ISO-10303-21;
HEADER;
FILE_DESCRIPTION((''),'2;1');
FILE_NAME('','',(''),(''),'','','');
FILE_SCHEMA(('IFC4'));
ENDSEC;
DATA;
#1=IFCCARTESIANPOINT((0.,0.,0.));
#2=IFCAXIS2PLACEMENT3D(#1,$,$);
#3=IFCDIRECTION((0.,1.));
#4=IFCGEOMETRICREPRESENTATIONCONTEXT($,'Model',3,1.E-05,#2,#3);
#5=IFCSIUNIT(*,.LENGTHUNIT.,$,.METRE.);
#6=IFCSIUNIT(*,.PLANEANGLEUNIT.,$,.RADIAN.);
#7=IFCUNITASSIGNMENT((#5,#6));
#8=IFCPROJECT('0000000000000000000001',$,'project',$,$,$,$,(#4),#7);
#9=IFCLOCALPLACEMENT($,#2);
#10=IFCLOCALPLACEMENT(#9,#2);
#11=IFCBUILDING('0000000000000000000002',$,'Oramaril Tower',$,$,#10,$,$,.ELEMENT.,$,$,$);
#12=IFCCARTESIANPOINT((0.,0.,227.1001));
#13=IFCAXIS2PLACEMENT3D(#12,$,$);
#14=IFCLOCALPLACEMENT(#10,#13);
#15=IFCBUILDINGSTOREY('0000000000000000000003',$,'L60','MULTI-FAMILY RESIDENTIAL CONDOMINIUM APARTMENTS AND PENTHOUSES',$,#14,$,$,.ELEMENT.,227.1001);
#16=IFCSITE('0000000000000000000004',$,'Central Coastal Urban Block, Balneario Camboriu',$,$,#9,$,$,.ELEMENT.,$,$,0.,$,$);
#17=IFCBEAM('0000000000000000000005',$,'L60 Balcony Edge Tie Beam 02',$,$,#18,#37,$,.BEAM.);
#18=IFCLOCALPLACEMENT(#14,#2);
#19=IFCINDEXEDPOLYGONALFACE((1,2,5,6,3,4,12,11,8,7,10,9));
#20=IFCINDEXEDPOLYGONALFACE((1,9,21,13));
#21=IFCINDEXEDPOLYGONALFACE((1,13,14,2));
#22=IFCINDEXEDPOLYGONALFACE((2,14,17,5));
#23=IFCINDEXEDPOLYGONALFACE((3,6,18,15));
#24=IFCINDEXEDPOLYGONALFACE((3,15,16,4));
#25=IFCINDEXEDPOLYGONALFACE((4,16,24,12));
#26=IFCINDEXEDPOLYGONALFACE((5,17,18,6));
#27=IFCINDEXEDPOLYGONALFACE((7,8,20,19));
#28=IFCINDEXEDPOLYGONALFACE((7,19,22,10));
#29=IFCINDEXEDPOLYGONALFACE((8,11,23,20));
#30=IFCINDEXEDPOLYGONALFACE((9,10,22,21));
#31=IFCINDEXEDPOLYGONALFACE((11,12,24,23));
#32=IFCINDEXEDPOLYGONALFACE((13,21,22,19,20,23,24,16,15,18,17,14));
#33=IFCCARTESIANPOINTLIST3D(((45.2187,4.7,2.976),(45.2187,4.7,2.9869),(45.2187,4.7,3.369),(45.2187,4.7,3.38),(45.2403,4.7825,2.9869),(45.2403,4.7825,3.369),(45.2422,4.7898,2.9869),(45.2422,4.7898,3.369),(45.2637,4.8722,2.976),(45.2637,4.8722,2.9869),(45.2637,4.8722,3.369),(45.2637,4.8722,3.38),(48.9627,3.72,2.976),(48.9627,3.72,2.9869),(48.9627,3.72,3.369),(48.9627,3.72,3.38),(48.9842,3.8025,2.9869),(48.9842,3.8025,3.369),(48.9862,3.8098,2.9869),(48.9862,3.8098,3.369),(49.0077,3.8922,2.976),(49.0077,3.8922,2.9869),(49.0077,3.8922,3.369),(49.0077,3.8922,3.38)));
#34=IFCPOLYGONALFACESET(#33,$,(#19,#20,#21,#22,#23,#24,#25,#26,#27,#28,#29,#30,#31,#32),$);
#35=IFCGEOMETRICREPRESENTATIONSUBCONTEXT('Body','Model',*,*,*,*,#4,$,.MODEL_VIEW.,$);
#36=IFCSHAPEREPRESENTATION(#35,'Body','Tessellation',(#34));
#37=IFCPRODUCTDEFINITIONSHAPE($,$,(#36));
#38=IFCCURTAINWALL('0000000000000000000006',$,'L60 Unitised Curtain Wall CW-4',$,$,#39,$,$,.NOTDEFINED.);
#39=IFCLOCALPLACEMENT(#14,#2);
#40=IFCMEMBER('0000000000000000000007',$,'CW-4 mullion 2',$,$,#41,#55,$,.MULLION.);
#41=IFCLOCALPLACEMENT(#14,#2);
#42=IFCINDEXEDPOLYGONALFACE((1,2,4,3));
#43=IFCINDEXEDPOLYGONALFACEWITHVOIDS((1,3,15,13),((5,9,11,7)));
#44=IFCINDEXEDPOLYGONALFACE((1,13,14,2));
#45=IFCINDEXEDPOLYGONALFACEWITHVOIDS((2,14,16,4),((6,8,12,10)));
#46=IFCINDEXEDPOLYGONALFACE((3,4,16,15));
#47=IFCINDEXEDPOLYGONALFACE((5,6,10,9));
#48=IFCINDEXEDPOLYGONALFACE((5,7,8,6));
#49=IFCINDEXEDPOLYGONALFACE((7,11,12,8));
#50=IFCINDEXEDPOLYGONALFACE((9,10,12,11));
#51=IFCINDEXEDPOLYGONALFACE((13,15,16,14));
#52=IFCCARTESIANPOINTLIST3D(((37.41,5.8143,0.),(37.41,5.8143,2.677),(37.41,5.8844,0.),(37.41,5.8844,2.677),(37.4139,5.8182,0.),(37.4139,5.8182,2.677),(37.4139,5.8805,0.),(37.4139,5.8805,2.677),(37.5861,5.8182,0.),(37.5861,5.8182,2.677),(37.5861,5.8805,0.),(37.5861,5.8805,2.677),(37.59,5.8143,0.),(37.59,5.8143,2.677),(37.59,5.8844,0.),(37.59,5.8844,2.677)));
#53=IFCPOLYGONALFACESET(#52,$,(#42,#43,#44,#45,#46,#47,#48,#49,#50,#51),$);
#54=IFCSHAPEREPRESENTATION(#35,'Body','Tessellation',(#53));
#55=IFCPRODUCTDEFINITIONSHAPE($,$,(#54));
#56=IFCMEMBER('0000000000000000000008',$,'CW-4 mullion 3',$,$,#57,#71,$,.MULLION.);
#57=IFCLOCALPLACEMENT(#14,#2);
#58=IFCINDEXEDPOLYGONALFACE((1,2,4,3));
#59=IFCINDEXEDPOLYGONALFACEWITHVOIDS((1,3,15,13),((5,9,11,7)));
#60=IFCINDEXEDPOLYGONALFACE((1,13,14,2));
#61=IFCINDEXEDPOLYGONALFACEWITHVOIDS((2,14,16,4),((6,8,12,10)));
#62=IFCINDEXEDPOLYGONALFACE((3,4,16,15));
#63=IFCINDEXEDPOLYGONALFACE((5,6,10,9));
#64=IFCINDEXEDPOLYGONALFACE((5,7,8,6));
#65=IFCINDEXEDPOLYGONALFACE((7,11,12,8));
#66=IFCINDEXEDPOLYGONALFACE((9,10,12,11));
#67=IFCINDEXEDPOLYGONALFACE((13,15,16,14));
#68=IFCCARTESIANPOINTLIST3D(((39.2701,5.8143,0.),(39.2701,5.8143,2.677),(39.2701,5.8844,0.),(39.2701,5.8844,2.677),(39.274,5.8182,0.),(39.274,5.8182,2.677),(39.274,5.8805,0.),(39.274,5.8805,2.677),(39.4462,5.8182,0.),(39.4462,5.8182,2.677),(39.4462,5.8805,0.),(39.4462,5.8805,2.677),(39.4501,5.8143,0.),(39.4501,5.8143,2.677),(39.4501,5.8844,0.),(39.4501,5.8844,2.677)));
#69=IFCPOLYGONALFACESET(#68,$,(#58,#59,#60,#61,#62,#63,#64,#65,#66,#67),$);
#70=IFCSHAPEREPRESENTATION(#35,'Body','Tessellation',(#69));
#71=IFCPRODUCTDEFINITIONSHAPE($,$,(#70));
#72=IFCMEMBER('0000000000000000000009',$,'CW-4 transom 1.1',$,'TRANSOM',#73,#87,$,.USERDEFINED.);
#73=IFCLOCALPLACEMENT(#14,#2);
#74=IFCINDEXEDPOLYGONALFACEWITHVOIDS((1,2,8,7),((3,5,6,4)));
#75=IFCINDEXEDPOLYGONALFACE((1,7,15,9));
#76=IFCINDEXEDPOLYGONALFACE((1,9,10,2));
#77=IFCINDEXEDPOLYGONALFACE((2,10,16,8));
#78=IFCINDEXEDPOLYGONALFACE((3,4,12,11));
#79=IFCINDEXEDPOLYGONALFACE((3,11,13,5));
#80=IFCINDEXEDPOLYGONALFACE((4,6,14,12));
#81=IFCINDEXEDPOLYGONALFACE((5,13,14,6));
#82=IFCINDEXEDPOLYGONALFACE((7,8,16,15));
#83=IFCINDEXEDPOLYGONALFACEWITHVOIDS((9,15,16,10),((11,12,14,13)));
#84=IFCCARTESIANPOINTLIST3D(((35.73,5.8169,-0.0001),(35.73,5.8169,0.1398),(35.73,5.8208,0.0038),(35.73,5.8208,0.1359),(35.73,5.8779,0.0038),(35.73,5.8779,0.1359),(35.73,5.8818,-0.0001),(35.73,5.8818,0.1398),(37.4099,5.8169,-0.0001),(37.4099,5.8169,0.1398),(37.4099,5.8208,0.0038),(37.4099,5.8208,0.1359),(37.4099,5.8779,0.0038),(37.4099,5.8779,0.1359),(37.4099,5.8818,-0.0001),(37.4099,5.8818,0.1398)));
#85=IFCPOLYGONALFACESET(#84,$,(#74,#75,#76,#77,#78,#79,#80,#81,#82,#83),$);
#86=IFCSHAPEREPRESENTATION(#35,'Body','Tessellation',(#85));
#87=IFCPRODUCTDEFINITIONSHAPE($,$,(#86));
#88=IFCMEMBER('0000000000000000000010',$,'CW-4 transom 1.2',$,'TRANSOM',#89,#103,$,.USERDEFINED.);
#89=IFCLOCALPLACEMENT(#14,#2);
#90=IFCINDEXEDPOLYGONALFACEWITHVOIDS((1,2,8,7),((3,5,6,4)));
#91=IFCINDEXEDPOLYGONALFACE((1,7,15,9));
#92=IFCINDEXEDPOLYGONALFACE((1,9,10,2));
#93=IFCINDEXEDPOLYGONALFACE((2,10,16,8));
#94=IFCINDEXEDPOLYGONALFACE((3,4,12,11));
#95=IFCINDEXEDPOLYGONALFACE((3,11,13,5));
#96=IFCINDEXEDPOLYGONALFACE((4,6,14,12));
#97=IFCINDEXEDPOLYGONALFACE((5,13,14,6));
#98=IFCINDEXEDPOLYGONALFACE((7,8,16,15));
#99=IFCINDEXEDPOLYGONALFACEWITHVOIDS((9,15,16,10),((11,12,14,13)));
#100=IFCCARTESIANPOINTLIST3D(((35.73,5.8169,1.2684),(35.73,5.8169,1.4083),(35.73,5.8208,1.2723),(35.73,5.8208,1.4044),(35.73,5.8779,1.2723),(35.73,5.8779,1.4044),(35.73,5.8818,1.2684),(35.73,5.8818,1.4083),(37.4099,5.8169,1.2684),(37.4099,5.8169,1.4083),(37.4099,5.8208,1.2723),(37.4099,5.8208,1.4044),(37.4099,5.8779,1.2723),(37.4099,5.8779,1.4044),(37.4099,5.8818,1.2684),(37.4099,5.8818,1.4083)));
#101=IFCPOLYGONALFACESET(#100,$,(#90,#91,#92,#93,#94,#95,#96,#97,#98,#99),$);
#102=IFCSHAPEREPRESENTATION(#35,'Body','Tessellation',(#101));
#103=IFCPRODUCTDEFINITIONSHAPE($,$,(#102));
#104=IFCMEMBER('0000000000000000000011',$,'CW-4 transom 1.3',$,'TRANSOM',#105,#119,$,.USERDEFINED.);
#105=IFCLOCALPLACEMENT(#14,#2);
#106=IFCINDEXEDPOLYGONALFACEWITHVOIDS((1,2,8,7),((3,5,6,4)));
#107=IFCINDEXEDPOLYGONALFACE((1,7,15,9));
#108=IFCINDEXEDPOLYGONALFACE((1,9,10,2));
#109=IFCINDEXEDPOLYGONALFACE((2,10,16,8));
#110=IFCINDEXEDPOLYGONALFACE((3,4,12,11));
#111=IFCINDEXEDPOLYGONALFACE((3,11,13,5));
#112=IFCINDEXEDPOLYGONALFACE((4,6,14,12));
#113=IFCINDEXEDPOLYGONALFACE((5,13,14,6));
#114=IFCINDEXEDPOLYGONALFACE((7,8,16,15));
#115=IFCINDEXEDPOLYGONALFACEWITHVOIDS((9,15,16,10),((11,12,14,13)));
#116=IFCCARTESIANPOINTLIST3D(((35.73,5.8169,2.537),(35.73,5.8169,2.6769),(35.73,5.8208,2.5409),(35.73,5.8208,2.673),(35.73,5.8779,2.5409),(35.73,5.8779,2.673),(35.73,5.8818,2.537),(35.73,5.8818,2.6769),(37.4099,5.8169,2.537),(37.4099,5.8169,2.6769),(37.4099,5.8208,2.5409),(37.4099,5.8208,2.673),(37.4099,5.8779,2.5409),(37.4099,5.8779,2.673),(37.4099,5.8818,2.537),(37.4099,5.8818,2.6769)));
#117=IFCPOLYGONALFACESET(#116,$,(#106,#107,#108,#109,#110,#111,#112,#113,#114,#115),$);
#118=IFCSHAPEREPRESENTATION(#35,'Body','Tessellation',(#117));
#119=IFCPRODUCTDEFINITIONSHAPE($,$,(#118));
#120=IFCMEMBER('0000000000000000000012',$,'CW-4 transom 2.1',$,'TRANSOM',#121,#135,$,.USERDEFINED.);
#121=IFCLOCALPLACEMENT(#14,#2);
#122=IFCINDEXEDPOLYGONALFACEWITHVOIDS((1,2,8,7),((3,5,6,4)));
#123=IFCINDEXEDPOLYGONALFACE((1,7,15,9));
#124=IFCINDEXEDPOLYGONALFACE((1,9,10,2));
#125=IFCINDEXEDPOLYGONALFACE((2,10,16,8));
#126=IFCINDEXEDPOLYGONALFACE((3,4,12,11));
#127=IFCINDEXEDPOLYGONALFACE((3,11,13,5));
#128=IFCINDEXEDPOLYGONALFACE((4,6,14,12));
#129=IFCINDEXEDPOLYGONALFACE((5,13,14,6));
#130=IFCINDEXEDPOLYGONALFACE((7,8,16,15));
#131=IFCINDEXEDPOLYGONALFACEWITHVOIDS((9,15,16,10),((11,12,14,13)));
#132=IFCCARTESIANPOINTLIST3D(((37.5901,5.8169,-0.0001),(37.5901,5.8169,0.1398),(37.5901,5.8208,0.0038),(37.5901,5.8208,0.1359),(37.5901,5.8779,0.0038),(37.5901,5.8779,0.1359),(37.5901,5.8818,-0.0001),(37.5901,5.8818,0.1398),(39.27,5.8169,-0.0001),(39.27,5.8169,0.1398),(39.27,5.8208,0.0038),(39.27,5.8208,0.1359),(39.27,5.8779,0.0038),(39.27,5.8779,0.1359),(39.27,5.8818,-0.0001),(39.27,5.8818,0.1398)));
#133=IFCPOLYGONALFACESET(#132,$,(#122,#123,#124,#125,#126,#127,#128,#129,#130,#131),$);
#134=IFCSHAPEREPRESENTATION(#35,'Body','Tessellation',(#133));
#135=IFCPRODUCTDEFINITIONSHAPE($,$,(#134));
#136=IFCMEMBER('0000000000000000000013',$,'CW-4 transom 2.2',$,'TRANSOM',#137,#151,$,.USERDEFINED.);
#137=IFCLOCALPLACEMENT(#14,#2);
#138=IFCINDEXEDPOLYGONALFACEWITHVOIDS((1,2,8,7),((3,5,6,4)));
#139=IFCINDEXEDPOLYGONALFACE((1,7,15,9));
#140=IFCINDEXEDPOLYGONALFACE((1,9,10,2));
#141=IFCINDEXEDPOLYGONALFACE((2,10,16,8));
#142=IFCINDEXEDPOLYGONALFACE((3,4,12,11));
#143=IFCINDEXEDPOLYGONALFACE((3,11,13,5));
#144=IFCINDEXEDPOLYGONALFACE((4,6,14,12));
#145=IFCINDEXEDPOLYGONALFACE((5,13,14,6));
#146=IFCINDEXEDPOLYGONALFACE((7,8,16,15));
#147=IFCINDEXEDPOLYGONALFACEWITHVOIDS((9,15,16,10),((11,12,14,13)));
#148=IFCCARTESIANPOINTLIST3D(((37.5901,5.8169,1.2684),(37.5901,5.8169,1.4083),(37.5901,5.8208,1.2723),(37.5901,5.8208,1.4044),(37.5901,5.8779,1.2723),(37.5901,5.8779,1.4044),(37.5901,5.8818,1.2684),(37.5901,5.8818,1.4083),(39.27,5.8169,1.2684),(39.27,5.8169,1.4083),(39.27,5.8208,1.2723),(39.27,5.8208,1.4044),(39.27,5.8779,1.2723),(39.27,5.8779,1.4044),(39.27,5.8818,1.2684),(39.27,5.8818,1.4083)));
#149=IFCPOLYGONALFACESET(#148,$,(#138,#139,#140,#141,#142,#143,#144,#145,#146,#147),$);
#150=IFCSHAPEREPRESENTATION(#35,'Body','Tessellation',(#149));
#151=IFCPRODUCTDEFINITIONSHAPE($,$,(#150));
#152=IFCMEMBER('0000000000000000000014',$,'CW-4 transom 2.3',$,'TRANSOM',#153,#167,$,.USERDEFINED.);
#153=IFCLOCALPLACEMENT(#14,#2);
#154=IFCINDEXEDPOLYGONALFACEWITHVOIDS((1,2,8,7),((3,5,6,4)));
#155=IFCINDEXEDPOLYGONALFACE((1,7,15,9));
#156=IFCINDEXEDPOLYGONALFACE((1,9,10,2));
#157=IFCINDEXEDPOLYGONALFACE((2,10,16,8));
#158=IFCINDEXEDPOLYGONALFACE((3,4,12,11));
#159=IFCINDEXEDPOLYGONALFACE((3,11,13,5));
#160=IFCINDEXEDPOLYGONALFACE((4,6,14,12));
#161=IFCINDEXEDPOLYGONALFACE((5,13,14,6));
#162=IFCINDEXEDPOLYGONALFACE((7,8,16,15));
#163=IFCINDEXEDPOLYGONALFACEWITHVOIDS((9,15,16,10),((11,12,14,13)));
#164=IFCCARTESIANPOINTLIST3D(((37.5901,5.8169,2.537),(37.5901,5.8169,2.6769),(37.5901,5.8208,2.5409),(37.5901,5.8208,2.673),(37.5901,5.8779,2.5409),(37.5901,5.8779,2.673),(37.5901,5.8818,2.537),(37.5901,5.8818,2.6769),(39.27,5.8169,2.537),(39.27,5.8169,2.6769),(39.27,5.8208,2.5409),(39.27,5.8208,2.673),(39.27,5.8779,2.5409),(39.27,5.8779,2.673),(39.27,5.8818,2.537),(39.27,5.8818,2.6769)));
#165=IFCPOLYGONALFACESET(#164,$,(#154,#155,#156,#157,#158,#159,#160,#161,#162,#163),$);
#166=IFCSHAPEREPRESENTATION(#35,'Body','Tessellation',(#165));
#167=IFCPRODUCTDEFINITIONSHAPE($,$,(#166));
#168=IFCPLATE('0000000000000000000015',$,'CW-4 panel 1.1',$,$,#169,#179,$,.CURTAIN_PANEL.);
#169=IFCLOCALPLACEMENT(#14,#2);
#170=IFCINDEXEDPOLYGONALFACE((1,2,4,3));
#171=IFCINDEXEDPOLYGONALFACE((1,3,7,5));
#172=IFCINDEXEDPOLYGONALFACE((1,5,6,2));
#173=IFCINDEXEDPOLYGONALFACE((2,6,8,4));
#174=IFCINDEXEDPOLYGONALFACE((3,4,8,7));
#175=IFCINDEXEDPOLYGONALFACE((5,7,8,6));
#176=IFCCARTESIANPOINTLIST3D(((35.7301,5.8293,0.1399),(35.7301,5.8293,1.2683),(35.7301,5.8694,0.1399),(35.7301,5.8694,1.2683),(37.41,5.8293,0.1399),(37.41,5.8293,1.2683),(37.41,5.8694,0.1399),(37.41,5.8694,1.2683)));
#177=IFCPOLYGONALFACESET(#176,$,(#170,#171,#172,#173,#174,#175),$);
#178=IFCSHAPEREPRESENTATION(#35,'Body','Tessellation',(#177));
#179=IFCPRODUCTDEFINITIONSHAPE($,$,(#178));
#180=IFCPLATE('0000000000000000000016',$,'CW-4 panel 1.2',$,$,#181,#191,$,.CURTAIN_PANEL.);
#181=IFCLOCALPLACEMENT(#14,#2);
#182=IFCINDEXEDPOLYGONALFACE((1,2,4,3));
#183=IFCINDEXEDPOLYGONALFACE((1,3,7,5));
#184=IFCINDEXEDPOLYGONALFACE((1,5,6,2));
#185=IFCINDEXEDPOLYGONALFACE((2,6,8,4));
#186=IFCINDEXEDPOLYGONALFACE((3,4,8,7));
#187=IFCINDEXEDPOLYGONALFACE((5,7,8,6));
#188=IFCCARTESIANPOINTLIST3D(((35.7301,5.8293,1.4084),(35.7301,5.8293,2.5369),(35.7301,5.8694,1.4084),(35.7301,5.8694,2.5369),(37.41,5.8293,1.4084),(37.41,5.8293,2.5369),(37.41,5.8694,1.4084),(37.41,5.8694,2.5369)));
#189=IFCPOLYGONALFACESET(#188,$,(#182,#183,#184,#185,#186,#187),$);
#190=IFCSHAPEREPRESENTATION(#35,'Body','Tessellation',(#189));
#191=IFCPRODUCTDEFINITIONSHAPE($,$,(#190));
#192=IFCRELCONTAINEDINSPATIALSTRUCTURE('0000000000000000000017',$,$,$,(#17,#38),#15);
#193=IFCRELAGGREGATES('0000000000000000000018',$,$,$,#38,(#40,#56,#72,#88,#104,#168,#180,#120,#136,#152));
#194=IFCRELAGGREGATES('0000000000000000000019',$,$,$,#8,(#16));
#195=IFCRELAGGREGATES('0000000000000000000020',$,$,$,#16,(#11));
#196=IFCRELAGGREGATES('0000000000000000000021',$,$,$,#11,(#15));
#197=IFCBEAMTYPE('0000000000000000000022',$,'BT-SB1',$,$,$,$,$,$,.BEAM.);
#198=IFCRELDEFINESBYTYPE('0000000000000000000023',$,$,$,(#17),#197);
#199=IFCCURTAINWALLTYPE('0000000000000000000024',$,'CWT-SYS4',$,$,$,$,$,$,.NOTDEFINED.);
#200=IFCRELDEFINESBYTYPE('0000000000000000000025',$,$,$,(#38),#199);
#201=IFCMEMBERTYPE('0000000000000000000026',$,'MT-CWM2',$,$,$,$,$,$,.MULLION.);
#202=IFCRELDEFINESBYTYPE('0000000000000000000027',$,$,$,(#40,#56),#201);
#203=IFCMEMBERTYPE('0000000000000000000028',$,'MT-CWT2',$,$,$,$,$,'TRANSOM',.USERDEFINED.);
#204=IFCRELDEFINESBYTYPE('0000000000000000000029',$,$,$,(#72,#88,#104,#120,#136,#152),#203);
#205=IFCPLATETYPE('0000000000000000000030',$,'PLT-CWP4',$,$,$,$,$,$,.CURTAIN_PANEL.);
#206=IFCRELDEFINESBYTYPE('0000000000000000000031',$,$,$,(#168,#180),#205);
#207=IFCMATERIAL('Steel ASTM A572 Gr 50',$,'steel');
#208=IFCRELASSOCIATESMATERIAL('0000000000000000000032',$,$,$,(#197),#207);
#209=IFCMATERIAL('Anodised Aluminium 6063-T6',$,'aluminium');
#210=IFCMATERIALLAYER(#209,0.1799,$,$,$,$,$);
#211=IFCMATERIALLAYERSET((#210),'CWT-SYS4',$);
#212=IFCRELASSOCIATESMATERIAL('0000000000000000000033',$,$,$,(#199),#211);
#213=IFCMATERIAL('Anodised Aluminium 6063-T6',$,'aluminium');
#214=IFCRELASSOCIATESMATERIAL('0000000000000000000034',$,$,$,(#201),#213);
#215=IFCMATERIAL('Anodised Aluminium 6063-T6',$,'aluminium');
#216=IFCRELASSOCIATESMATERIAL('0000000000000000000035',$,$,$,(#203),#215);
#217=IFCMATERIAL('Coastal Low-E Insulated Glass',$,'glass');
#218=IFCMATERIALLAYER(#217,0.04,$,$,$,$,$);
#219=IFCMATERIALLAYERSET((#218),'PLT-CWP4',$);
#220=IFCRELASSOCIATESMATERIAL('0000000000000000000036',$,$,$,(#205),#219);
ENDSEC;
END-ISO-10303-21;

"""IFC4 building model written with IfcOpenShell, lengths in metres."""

from ifc_helpers import new_model, si_unit, direction, frame, origin, origin_2d, place, context, subcontext, project, spatial, rectangle, hollow_rectangle, i_section, extrude, material, layer, layer_set, material_profile, profile_set, type_object, element, aggregate, save


model = new_model("IFC4")

# Units and contexts
model_context = context("Model", 3, precision=1e-05, world=origin(), true_north=direction((0.0, 1.0)))
body_context = subcontext(model_context, "Body", "Model", "MODEL_VIEW")
ifc_project = project(units=[si_unit("LENGTHUNIT", "METRE"), si_unit("PLANEANGLEUNIT", "RADIAN")], contexts=[model_context])

# Site, building, storey
site_placement = place(None, origin())
site = spatial("IfcSite", under=ifc_project, at=site_placement, Name="Central Coastal Urban Block, Balneario Camboriu", CompositionType="ELEMENT", RefElevation=0.0)
building_placement = place(site_placement, origin())
building = spatial("IfcBuilding", under=site, at=building_placement, Name="Oramaril Tower", CompositionType="ELEMENT")
storey_placement = place(building_placement, frame((0.0, 0.0, 227.1001)))
storey = spatial("IfcBuildingStorey", under=building, at=storey_placement, Name="L60", Description="MULTI-FAMILY RESIDENTIAL CONDOMINIUM APARTMENTS AND PENTHOUSES", CompositionType="ELEMENT", Elevation=227.1001)

# Beam
ifc_material_1 = material(Name="Steel ASTM A572 Gr 50", Category="steel")
ifc_material_profile_1 = material_profile(ifc_material_1, i_section(OverallWidth=0.178, OverallDepth=0.4041, WebThickness=0.0076, FlangeThickness=0.011, at=origin_2d()), Name="W16X36")
ifc_profile_set_1 = profile_set([ifc_material_profile_1], Name="Steel ASTM A572 Gr 50")
beam_type = type_object("IfcBeamType", Name="BT-SB1", PredefinedType="BEAM", material=ifc_profile_set_1)
beam_placement = place(storey_placement, frame((45.2412, 4.7861, 3.178), z_axis=(0.967408, -0.253223, 0.0), x_axis=(0.253223, 0.967408, 0.0)))
element("IfcBeam", 1, at=beam_placement, inside=storey, type_object=beam_type, Name="L60 Balcony Edge Tie Beam 02", PredefinedType="BEAM", context=body_context, shape_type="SweptSolid", body=[
    extrude(i_section(OverallWidth=0.178, OverallDepth=0.4041, WebThickness=0.0076, FlangeThickness=0.011, at=origin_2d()), origin(), (0.0, 0.0, 1.0), 3.8701),
])

# Curtain wall, members, plates
ifc_material_2 = material(Name="Anodised Aluminium 6063-T6", Category="aluminium")
ifc_layer_1 = layer(ifc_material_2, 0.1799)
ifc_layer_set_1 = layer_set([ifc_layer_1], Name="CWT-SYS4")
curtain_wall_type = type_object("IfcCurtainWallType", Name="CWT-SYS4", PredefinedType="NOTDEFINED", material=ifc_layer_set_1)
curtain_wall_placement = place(storey_placement, origin())
curtain_wall = element("IfcCurtainWall", 2, at=curtain_wall_placement, inside=storey, type_object=curtain_wall_type, Name="L60 Unitised Curtain Wall CW-4", PredefinedType="NOTDEFINED")
ifc_material_3 = material(Name="Anodised Aluminium 6063-T6", Category="aluminium")
ifc_material_profile_2 = material_profile(ifc_material_3, hollow_rectangle(XDim=0.0701, YDim=0.1799, WallThickness=0.0039, at=origin_2d()), Name="CWM180X70")
ifc_profile_set_2 = profile_set([ifc_material_profile_2], Name="Anodised Aluminium 6063-T6")
member_type_1 = type_object("IfcMemberType", Name="MT-CWM2", PredefinedType="MULLION", material=ifc_profile_set_2)
member_1_placement = place(storey_placement, frame((37.5, 5.8494, 0.0), z_axis=(0.0, 0.0, 1.0), x_axis=(0.0, 1.0, 0.0)))
member_1 = element("IfcMember", 3, at=member_1_placement, type_object=member_type_1, Name="CW-4 mullion 2", PredefinedType="MULLION", context=body_context, shape_type="SweptSolid", body=[
    extrude(hollow_rectangle(XDim=0.0701, YDim=0.1799, WallThickness=0.0039, at=origin_2d()), origin(), (0.0, 0.0, 1.0), 2.677),
])
member_2_placement = place(storey_placement, frame((39.3601, 5.8494, 0.0), z_axis=(0.0, 0.0, 1.0), x_axis=(0.0, 1.0, 0.0)))
member_2 = element("IfcMember", 4, at=member_2_placement, type_object=member_type_1, Name="CW-4 mullion 3", PredefinedType="MULLION", context=body_context, shape_type="SweptSolid", body=[
    extrude(hollow_rectangle(XDim=0.0701, YDim=0.1799, WallThickness=0.0039, at=origin_2d()), origin(), (0.0, 0.0, 1.0), 2.677),
])
ifc_material_4 = material(Name="Anodised Aluminium 6063-T6", Category="aluminium")
ifc_material_profile_3 = material_profile(ifc_material_4, hollow_rectangle(XDim=0.0649, YDim=0.1399, WallThickness=0.0039, at=origin_2d()), Name="CWT140X65")
ifc_profile_set_3 = profile_set([ifc_material_profile_3], Name="Anodised Aluminium 6063-T6")
member_type_2 = type_object("IfcMemberType", Name="MT-CWT2", ElementType="TRANSOM", PredefinedType="USERDEFINED", material=ifc_profile_set_3)
member_3_placement = place(storey_placement, frame((35.73, 5.8494, 0.0698), z_axis=(1.0, 0.0, 0.0), x_axis=(0.0, 1.0, 0.0)))
member_3 = element("IfcMember", 5, at=member_3_placement, type_object=member_type_2, Name="CW-4 transom 1.1", ObjectType="TRANSOM", PredefinedType="USERDEFINED", context=body_context, shape_type="SweptSolid", body=[
    extrude(hollow_rectangle(XDim=0.0649, YDim=0.1399, WallThickness=0.0039, at=origin_2d()), origin(), (0.0, 0.0, 1.0), 1.6799),
])
member_4_placement = place(storey_placement, frame((35.73, 5.8494, 1.3384), z_axis=(1.0, 0.0, 0.0), x_axis=(0.0, 1.0, 0.0)))
member_4 = element("IfcMember", 6, at=member_4_placement, type_object=member_type_2, Name="CW-4 transom 1.2", ObjectType="TRANSOM", PredefinedType="USERDEFINED", context=body_context, shape_type="SweptSolid", body=[
    extrude(hollow_rectangle(XDim=0.0649, YDim=0.1399, WallThickness=0.0039, at=origin_2d()), origin(), (0.0, 0.0, 1.0), 1.6799),
])
member_5_placement = place(storey_placement, frame((35.73, 5.8494, 2.6069), z_axis=(1.0, 0.0, 0.0), x_axis=(0.0, 1.0, 0.0)))
member_5 = element("IfcMember", 7, at=member_5_placement, type_object=member_type_2, Name="CW-4 transom 1.3", ObjectType="TRANSOM", PredefinedType="USERDEFINED", context=body_context, shape_type="SweptSolid", body=[
    extrude(hollow_rectangle(XDim=0.0649, YDim=0.1399, WallThickness=0.0039, at=origin_2d()), origin(), (0.0, 0.0, 1.0), 1.6799),
])
member_6_placement = place(storey_placement, frame((37.5901, 5.8494, 0.0698), z_axis=(1.0, 0.0, 0.0), x_axis=(0.0, 1.0, 0.0)))
member_6 = element("IfcMember", 8, at=member_6_placement, type_object=member_type_2, Name="CW-4 transom 2.1", ObjectType="TRANSOM", PredefinedType="USERDEFINED", context=body_context, shape_type="SweptSolid", body=[
    extrude(hollow_rectangle(XDim=0.0649, YDim=0.1399, WallThickness=0.0039, at=origin_2d()), origin(), (0.0, 0.0, 1.0), 1.6799),
])
member_7_placement = place(storey_placement, frame((37.5901, 5.8494, 1.3384), z_axis=(1.0, 0.0, 0.0), x_axis=(0.0, 1.0, 0.0)))
member_7 = element("IfcMember", 9, at=member_7_placement, type_object=member_type_2, Name="CW-4 transom 2.2", ObjectType="TRANSOM", PredefinedType="USERDEFINED", context=body_context, shape_type="SweptSolid", body=[
    extrude(hollow_rectangle(XDim=0.0649, YDim=0.1399, WallThickness=0.0039, at=origin_2d()), origin(), (0.0, 0.0, 1.0), 1.6799),
])
member_8_placement = place(storey_placement, frame((37.5901, 5.8494, 2.6069), z_axis=(1.0, 0.0, 0.0), x_axis=(0.0, 1.0, 0.0)))
member_8 = element("IfcMember", 10, at=member_8_placement, type_object=member_type_2, Name="CW-4 transom 2.3", ObjectType="TRANSOM", PredefinedType="USERDEFINED", context=body_context, shape_type="SweptSolid", body=[
    extrude(hollow_rectangle(XDim=0.0649, YDim=0.1399, WallThickness=0.0039, at=origin_2d()), origin(), (0.0, 0.0, 1.0), 1.6799),
])
ifc_material_5 = material(Name="Coastal Low-E Insulated Glass", Category="glass")
ifc_layer_2 = layer(ifc_material_5, 0.04)
ifc_layer_set_2 = layer_set([ifc_layer_2], Name="PLT-CWP4")
plate_type = type_object("IfcPlateType", Name="PLT-CWP4", PredefinedType="CURTAIN_PANEL", material=ifc_layer_set_2)
plate_1_placement = place(storey_placement, frame((36.5701, 5.8494, 0.1399), z_axis=(0.0, 0.0, 1.0), x_axis=(1.0, 0.0, 0.0)))
plate_1 = element("IfcPlate", 11, at=plate_1_placement, type_object=plate_type, Name="CW-4 panel 1.1", PredefinedType="CURTAIN_PANEL", context=body_context, shape_type="SweptSolid", body=[
    extrude(rectangle(XDim=1.6799, YDim=0.04, at=origin_2d()), origin(), (0.0, 0.0, 1.0), 1.1284),
])
plate_2_placement = place(storey_placement, frame((36.5701, 5.8494, 1.4084), z_axis=(0.0, 0.0, 1.0), x_axis=(1.0, 0.0, 0.0)))
plate_2 = element("IfcPlate", 12, at=plate_2_placement, type_object=plate_type, Name="CW-4 panel 1.2", PredefinedType="CURTAIN_PANEL", context=body_context, shape_type="SweptSolid", body=[
    extrude(rectangle(XDim=1.6799, YDim=0.04, at=origin_2d()), origin(), (0.0, 0.0, 1.0), 1.1284),
])
aggregate(curtain_wall, [member_1, member_2, member_3, member_4, member_5, plate_1, plate_2, member_6, member_7, member_8])

save(model, "model.ifc")
